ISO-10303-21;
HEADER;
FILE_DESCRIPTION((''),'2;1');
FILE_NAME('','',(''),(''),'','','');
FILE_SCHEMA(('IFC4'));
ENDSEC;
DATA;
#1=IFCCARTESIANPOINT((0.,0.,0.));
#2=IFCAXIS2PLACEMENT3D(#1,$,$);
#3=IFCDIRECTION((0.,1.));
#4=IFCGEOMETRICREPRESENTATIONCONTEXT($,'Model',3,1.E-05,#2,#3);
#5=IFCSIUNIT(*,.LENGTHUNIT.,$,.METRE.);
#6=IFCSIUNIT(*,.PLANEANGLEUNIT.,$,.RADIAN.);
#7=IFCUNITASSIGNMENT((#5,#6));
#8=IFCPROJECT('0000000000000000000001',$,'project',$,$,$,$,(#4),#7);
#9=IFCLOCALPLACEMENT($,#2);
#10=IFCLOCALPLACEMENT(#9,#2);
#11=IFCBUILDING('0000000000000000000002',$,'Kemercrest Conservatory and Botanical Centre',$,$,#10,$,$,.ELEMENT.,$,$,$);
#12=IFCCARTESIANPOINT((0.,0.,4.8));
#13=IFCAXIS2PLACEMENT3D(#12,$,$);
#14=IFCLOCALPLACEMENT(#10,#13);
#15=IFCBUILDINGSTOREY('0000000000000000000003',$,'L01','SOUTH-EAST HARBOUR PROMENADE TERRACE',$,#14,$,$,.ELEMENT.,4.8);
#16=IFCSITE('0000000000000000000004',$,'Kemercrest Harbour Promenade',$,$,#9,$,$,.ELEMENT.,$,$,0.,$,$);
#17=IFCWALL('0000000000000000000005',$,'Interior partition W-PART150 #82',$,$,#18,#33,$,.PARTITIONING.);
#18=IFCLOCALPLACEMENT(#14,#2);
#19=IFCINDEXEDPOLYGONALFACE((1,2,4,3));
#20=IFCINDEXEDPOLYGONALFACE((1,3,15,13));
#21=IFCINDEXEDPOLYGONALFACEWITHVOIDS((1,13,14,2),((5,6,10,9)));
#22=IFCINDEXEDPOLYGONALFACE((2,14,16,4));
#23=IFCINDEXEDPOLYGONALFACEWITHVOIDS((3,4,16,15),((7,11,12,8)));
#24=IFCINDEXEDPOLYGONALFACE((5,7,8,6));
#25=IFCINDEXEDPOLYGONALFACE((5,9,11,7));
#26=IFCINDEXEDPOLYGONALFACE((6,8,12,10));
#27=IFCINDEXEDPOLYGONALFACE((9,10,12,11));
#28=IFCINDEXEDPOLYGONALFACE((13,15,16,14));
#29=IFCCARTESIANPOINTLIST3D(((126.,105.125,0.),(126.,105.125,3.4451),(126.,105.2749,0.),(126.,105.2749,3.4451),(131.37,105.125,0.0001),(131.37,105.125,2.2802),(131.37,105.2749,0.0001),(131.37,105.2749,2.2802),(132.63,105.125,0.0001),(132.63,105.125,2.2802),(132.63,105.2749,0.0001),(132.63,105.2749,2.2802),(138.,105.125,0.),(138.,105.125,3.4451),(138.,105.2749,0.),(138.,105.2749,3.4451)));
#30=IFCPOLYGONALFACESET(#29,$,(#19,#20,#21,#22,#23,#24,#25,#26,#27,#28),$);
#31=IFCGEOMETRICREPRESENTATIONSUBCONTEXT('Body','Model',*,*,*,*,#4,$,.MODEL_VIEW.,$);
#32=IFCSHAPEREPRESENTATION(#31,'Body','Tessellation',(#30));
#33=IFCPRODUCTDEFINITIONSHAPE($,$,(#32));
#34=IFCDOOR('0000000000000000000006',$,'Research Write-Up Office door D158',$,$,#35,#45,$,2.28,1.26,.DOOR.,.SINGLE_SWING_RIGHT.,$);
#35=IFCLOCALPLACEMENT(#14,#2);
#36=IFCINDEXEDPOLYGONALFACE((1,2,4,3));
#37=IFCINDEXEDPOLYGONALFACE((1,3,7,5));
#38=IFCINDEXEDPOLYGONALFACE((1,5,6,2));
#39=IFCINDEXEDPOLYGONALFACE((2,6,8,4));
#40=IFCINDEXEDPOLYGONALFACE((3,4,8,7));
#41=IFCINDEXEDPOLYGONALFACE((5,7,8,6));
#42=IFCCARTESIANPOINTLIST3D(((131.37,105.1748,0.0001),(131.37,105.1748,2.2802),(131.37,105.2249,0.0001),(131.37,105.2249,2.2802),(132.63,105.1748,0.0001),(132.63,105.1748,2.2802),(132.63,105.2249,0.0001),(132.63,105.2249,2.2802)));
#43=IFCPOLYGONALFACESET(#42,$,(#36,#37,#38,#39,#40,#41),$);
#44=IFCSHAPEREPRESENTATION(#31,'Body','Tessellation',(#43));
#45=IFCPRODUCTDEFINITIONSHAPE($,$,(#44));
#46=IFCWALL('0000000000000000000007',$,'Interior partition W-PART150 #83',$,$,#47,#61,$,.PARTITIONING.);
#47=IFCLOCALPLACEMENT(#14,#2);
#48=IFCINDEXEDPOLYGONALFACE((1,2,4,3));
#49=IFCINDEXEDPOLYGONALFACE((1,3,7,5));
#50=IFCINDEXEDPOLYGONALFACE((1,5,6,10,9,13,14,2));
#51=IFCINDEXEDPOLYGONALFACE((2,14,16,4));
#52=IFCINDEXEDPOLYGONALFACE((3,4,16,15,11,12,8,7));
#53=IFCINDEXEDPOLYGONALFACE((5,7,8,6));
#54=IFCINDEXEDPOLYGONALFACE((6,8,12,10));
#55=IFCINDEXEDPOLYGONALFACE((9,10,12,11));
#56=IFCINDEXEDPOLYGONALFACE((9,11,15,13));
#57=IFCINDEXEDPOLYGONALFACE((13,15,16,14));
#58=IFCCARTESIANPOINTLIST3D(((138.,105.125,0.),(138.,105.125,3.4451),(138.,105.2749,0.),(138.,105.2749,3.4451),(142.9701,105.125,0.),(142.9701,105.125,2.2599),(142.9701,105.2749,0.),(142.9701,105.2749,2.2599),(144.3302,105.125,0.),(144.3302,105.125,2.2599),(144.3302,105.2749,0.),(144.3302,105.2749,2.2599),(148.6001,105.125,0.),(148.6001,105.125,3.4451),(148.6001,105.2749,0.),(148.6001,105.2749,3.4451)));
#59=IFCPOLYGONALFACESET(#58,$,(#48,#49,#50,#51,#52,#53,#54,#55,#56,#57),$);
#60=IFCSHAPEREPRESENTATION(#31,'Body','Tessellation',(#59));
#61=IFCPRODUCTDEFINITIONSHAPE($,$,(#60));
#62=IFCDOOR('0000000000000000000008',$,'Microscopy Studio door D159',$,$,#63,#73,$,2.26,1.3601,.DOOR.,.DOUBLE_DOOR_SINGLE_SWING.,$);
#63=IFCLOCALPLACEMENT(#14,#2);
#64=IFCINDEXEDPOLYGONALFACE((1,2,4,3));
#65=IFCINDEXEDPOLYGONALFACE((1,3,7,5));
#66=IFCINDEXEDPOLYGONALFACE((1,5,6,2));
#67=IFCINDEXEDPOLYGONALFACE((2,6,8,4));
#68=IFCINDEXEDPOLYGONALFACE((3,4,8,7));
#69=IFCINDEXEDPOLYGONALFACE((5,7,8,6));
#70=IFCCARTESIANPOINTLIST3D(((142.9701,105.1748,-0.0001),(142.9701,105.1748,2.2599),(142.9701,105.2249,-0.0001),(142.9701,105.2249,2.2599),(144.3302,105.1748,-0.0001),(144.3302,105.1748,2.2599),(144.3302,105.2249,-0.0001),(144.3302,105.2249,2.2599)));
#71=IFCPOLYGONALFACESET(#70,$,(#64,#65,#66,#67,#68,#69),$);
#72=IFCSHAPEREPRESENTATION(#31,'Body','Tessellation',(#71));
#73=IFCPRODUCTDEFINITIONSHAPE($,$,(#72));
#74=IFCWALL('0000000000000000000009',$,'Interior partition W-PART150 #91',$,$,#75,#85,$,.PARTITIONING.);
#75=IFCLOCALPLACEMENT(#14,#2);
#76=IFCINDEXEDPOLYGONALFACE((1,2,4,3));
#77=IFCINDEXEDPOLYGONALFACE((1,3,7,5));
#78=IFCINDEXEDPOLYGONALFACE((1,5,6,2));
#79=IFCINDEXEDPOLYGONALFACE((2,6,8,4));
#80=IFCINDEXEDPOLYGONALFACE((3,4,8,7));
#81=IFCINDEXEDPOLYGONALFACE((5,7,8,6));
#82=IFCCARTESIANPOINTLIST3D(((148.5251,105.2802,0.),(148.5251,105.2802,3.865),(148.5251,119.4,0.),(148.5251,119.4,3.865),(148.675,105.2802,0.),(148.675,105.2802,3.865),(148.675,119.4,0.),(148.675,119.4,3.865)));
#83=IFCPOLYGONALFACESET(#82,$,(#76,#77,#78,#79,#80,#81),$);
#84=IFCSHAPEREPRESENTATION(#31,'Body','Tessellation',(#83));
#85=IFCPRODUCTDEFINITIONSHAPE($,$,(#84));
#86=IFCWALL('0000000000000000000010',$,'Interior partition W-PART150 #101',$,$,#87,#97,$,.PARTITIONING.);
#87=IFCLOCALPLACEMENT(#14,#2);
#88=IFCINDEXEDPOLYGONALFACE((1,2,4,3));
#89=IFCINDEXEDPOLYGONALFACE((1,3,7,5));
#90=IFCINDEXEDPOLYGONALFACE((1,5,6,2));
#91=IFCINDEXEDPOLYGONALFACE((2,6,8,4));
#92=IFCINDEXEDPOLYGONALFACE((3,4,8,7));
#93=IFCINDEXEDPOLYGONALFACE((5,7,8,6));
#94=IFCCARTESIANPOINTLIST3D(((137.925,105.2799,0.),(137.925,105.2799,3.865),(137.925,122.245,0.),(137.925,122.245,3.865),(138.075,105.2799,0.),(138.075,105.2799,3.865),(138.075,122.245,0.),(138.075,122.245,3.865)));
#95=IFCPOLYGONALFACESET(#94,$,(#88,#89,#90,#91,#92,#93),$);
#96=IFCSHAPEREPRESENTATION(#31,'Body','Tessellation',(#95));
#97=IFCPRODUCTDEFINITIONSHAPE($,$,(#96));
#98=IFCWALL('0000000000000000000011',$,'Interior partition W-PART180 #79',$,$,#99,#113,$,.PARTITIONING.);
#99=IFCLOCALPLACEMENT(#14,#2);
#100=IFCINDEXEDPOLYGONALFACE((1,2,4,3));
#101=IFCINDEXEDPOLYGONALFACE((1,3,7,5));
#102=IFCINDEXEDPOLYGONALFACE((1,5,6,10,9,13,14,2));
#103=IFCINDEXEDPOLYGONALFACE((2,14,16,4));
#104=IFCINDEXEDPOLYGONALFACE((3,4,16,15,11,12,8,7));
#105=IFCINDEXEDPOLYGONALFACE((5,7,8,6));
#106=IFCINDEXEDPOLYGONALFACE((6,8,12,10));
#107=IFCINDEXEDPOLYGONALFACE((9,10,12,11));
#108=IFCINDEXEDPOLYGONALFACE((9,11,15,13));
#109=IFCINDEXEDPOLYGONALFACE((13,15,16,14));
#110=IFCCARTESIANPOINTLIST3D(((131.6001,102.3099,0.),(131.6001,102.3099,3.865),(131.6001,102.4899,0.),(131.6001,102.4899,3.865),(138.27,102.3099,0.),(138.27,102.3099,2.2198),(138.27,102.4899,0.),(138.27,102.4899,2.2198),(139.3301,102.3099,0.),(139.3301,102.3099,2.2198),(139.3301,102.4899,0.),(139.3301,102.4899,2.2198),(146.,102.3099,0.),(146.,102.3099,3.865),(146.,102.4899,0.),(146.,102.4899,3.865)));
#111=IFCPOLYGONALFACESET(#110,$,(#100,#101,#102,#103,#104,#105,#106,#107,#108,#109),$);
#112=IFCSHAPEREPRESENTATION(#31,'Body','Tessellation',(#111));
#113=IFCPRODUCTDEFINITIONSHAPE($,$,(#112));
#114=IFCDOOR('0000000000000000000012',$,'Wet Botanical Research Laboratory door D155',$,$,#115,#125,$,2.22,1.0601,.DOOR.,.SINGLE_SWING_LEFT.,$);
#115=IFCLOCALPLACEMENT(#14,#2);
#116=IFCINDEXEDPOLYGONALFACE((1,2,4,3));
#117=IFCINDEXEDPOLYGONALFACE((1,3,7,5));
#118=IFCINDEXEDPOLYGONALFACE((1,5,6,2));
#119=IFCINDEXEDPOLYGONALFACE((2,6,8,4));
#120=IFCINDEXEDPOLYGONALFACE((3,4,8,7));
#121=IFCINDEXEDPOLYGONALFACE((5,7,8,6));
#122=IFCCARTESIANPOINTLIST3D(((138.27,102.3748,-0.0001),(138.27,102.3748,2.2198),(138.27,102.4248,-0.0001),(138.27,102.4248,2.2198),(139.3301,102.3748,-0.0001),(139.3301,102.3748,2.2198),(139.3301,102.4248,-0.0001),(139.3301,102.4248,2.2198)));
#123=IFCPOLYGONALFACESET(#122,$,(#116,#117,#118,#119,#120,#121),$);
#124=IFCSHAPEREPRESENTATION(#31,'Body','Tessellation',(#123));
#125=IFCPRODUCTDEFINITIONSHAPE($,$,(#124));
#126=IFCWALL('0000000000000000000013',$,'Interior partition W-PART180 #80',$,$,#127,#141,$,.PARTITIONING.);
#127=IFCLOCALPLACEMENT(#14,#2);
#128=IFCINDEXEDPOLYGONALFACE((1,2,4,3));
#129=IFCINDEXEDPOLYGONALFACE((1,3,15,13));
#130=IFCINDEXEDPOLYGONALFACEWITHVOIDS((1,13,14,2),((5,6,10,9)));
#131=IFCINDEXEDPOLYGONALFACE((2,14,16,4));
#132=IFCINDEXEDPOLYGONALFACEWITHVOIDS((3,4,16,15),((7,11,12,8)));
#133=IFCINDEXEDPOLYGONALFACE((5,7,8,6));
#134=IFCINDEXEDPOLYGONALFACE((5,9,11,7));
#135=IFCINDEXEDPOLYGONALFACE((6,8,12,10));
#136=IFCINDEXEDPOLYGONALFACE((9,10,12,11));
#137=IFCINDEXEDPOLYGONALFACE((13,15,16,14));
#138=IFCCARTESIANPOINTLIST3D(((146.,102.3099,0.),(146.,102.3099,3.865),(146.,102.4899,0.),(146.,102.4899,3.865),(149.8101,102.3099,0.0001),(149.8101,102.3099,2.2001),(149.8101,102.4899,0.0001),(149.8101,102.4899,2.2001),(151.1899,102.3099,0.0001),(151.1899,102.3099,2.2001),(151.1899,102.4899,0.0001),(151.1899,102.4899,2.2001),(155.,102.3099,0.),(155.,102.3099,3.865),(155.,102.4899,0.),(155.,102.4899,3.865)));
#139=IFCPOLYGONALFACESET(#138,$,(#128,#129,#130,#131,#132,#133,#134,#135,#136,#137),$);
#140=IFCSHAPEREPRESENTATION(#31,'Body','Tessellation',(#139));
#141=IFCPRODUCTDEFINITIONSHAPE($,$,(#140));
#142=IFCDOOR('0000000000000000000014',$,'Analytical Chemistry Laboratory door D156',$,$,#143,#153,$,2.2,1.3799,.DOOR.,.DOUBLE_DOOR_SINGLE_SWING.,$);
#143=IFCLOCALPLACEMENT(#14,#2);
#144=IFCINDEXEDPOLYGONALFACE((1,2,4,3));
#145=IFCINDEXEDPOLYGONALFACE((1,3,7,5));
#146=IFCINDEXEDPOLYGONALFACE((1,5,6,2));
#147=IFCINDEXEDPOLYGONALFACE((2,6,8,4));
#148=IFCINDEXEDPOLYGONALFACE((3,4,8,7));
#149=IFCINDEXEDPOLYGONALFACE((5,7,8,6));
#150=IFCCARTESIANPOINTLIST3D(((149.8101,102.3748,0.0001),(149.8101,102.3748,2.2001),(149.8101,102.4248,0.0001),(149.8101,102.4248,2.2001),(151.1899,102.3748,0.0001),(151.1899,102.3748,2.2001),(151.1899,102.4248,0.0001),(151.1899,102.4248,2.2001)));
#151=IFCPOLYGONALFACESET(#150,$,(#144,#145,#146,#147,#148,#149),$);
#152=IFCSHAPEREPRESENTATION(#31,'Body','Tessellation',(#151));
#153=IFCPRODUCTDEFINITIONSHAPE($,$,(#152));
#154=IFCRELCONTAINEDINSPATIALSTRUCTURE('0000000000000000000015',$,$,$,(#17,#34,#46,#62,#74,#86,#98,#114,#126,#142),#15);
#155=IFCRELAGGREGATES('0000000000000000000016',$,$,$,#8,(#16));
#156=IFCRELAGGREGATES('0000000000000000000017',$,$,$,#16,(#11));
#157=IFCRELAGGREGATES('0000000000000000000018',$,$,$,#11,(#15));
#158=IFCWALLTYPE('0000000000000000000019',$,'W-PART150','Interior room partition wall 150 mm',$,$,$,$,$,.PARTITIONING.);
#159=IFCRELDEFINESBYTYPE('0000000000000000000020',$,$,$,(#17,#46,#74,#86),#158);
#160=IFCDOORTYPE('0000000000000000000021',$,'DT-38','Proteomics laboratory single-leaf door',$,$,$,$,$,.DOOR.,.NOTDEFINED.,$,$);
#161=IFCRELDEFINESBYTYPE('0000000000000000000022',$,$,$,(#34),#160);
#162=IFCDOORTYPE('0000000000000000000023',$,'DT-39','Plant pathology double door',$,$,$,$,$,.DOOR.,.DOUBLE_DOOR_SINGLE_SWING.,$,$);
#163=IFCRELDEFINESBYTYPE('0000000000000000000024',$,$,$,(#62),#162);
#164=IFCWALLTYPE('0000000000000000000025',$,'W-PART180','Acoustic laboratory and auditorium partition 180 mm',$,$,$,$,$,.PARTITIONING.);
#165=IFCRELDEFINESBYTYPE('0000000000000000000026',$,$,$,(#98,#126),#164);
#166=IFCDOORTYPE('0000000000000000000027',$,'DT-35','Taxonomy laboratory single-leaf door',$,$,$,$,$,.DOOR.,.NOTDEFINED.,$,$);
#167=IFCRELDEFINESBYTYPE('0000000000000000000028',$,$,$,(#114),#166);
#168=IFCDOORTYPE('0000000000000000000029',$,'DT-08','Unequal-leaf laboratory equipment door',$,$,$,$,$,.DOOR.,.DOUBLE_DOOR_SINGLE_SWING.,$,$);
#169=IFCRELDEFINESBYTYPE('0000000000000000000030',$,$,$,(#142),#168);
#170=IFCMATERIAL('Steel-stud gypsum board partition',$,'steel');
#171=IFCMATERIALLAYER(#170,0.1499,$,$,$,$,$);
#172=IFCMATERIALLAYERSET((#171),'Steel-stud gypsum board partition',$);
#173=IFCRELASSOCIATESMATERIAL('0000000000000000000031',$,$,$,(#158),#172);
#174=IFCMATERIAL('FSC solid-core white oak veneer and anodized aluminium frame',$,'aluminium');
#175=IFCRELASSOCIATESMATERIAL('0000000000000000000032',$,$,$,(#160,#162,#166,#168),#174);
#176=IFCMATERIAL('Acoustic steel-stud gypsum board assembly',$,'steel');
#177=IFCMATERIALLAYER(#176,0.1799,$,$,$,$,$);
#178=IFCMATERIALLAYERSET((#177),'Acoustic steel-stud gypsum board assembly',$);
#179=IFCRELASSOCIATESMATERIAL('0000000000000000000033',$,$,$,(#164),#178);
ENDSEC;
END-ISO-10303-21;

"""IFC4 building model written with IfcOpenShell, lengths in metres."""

from ifc_helpers import new_model, si_unit, direction, frame, frame_2d, origin, place, context, subcontext, project, spatial, rectangle, extrude, material, layer, layer_set, type_object, element, fill, save


model = new_model("IFC4")

# Units and contexts
model_context = context("Model", 3, precision=1e-05, world=origin(), true_north=direction((0.0, 1.0)))
body_context = subcontext(model_context, "Body", "Model", "MODEL_VIEW")
ifc_project = project(units=[si_unit("LENGTHUNIT", "METRE"), si_unit("PLANEANGLEUNIT", "RADIAN")], contexts=[model_context])

# Site, building, storey
site_placement = place(None, origin())
site = spatial("IfcSite", under=ifc_project, at=site_placement, Name="Kemercrest Harbour Promenade", CompositionType="ELEMENT", RefElevation=0.0)
building_placement = place(site_placement, origin())
building = spatial("IfcBuilding", under=site, at=building_placement, Name="Kemercrest Conservatory and Botanical Centre", CompositionType="ELEMENT")
storey_placement = place(building_placement, frame((0.0, 0.0, 4.8)))
storey = spatial("IfcBuildingStorey", under=building, at=storey_placement, Name="L01", Description="SOUTH-EAST HARBOUR PROMENADE TERRACE", CompositionType="ELEMENT", Elevation=4.8)

# Walls, openings, doors
ifc_material_1 = material(Name="Steel-stud gypsum board partition", Category="steel")
ifc_layer_1 = layer(ifc_material_1, 0.1499)
ifc_layer_set_1 = layer_set([ifc_layer_1], Name="Steel-stud gypsum board partition")
wall_type_1 = type_object("IfcWallType", Name="W-PART150", Description="Interior room partition wall 150 mm", PredefinedType="PARTITIONING", material=ifc_layer_set_1)
wall_1_placement = place(storey_placement, frame((126.0, 105.2, 0.0), z_axis=(0.0, 0.0, 1.0), x_axis=(1.0, 0.0, 0.0)))
wall_1 = element("IfcWall", 1, at=wall_1_placement, inside=storey, type_object=wall_type_1, Name="Interior partition W-PART150 #82", PredefinedType="PARTITIONING", context=body_context, shape_type="SweptSolid", body=[
    extrude(rectangle(XDim=12.0, YDim=0.1499, at=frame_2d((6.0, 0.0))), origin(), (0.0, 0.0, 1.0), 3.4451),
])
opening_1_placement = place(wall_1_placement, frame((5.3701, 0.0, 0.0)))
opening_1 = element("IfcOpeningElement", 2, at=opening_1_placement, cuts=wall_1, PredefinedType="OPENING", context=body_context, shape_type="SweptSolid", body=[
    extrude(rectangle(XDim=1.26, YDim=2.28, at=frame_2d((0.6299, 1.1401))), frame((0.0, 0.085, 0.0), z_axis=(0.0, -1.0, 0.0), x_axis=(1.0, 0.0, 0.0)), (0.0, 0.0, 1.0), 0.1699),
])
ifc_material_2 = material(Name="FSC solid-core white oak veneer and anodized aluminium frame", Category="aluminium")
door_type_1 = type_object("IfcDoorType", Name="DT-38", Description="Proteomics laboratory single-leaf door", OperationType="NOTDEFINED", PredefinedType="DOOR", material=ifc_material_2)
door_1_placement = place(opening_1_placement, origin())
door_1 = element("IfcDoor", 3, at=door_1_placement, inside=storey, type_object=door_type_1, Name="Research Write-Up Office door D158", OperationType="SINGLE_SWING_RIGHT", OverallHeight=2.28, OverallWidth=1.26, PredefinedType="DOOR", context=body_context, shape_type="SweptSolid", body=[
    extrude(rectangle(XDim=1.26, YDim=2.28, at=frame_2d((0.6299, 1.1401))), frame((0.0, 0.0249, 0.0), z_axis=(0.0, -1.0, 0.0), x_axis=(1.0, 0.0, 0.0)), (0.0, 0.0, 1.0), 0.05),
])
fill(opening_1, door_1)
wall_2_placement = place(storey_placement, frame((138.0, 105.2, 0.0), z_axis=(0.0, 0.0, 1.0), x_axis=(1.0, 0.0, 0.0)))
wall_2 = element("IfcWall", 4, at=wall_2_placement, inside=storey, type_object=wall_type_1, Name="Interior partition W-PART150 #83", PredefinedType="PARTITIONING", context=body_context, shape_type="SweptSolid", body=[
    extrude(rectangle(XDim=10.6001, YDim=0.1499, at=frame_2d((5.3, 0.0))), origin(), (0.0, 0.0, 1.0), 3.4451),
])
opening_2_placement = place(wall_2_placement, frame((4.97, 0.0, 0.0)))
opening_2 = element("IfcOpeningElement", 5, at=opening_2_placement, cuts=wall_2, PredefinedType="OPENING", context=body_context, shape_type="SweptSolid", body=[
    extrude(rectangle(XDim=1.3601, YDim=2.26, at=frame_2d((0.6802, 1.1299))), frame((0.0, 0.085, 0.0), z_axis=(0.0, -1.0, 0.0), x_axis=(1.0, 0.0, 0.0)), (0.0, 0.0, 1.0), 0.1699),
])
door_type_2 = type_object("IfcDoorType", Name="DT-39", Description="Plant pathology double door", OperationType="DOUBLE_DOOR_SINGLE_SWING", PredefinedType="DOOR", material=ifc_material_2)
door_2_placement = place(opening_2_placement, origin())
door_2 = element("IfcDoor", 6, at=door_2_placement, inside=storey, type_object=door_type_2, Name="Microscopy Studio door D159", OperationType="DOUBLE_DOOR_SINGLE_SWING", OverallHeight=2.26, OverallWidth=1.3601, PredefinedType="DOOR", context=body_context, shape_type="SweptSolid", body=[
    extrude(rectangle(XDim=1.3601, YDim=2.26, at=frame_2d((0.6802, 1.1299))), frame((0.0, 0.0249, 0.0), z_axis=(0.0, -1.0, 0.0), x_axis=(1.0, 0.0, 0.0)), (0.0, 0.0, 1.0), 0.05),
])
fill(opening_2, door_2)

# Walls
wall_3_placement = place(storey_placement, frame((148.6001, 105.28, 0.0), z_axis=(0.0, 0.0, 1.0), x_axis=(0.0, 1.0, 0.0)))
element("IfcWall", 7, at=wall_3_placement, inside=storey, type_object=wall_type_1, Name="Interior partition W-PART150 #91", PredefinedType="PARTITIONING", context=body_context, shape_type="SweptSolid", body=[
    extrude(rectangle(XDim=14.1199, YDim=0.1499, at=frame_2d((7.0601, 0.0))), origin(), (0.0, 0.0, 1.0), 3.865),
])
wall_4_placement = place(storey_placement, frame((138.0, 105.28, 0.0), z_axis=(0.0, 0.0, 1.0), x_axis=(0.0, 1.0, 0.0)))
element("IfcWall", 8, at=wall_4_placement, inside=storey, type_object=wall_type_1, Name="Interior partition W-PART150 #101", PredefinedType="PARTITIONING", context=body_context, shape_type="SweptSolid", body=[
    extrude(rectangle(XDim=16.9651, YDim=0.1499, at=frame_2d((8.4824, 0.0))), origin(), (0.0, 0.0, 1.0), 3.865),
])

# Walls, openings, doors
ifc_material_3 = material(Name="Acoustic steel-stud gypsum board assembly", Category="steel")
ifc_layer_2 = layer(ifc_material_3, 0.1799)
ifc_layer_set_2 = layer_set([ifc_layer_2], Name="Acoustic steel-stud gypsum board assembly")
wall_type_2 = type_object("IfcWallType", Name="W-PART180", Description="Acoustic laboratory and auditorium partition 180 mm", PredefinedType="PARTITIONING", material=ifc_layer_set_2)
wall_5_placement = place(storey_placement, frame((131.6001, 102.3999, 0.0), z_axis=(0.0, 0.0, 1.0), x_axis=(1.0, 0.0, 0.0)))
wall_5 = element("IfcWall", 9, at=wall_5_placement, inside=storey, type_object=wall_type_2, Name="Interior partition W-PART180 #79", PredefinedType="PARTITIONING", context=body_context, shape_type="SweptSolid", body=[
    extrude(rectangle(XDim=14.3999, YDim=0.1799, at=frame_2d((7.2, 0.0))), origin(), (0.0, 0.0, 1.0), 3.865),
])
opening_3_placement = place(wall_5_placement, frame((6.6699, 0.0, 0.0)))
opening_3 = element("IfcOpeningElement", 10, at=opening_3_placement, cuts=wall_5, PredefinedType="OPENING", context=body_context, shape_type="SweptSolid", body=[
    extrude(rectangle(XDim=1.0601, YDim=2.22, at=frame_2d((0.53, 1.1099))), frame((0.0, 0.1001, 0.0), z_axis=(0.0, -1.0, 0.0), x_axis=(1.0, 0.0, 0.0)), (0.0, 0.0, 1.0), 0.2),
])
door_type_3 = type_object("IfcDoorType", Name="DT-35", Description="Taxonomy laboratory single-leaf door", OperationType="NOTDEFINED", PredefinedType="DOOR", material=ifc_material_2)
door_3_placement = place(opening_3_placement, origin())
door_3 = element("IfcDoor", 11, at=door_3_placement, inside=storey, type_object=door_type_3, Name="Wet Botanical Research Laboratory door D155", OperationType="SINGLE_SWING_LEFT", OverallHeight=2.22, OverallWidth=1.0601, PredefinedType="DOOR", context=body_context, shape_type="SweptSolid", body=[
    extrude(rectangle(XDim=1.0601, YDim=2.22, at=frame_2d((0.53, 1.1099))), frame((0.0, 0.0249, 0.0), z_axis=(0.0, -1.0, 0.0), x_axis=(1.0, 0.0, 0.0)), (0.0, 0.0, 1.0), 0.05),
])
fill(opening_3, door_3)
wall_6_placement = place(storey_placement, frame((146.0, 102.3999, 0.0), z_axis=(0.0, 0.0, 1.0), x_axis=(1.0, 0.0, 0.0)))
wall_6 = element("IfcWall", 12, at=wall_6_placement, inside=storey, type_object=wall_type_2, Name="Interior partition W-PART180 #80", PredefinedType="PARTITIONING", context=body_context, shape_type="SweptSolid", body=[
    extrude(rectangle(XDim=9.0, YDim=0.1799, at=frame_2d((4.5, 0.0))), origin(), (0.0, 0.0, 1.0), 3.865),
])
opening_4_placement = place(wall_6_placement, frame((3.8101, 0.0, 0.0)))
opening_4 = element("IfcOpeningElement", 13, at=opening_4_placement, cuts=wall_6, PredefinedType="OPENING", context=body_context, shape_type="SweptSolid", body=[
    extrude(rectangle(XDim=1.3799, YDim=2.2, at=frame_2d((0.6899, 1.1001))), frame((0.0, 0.1001, 0.0), z_axis=(0.0, -1.0, 0.0), x_axis=(1.0, 0.0, 0.0)), (0.0, 0.0, 1.0), 0.2),
])
door_type_4 = type_object("IfcDoorType", Name="DT-08", Description="Unequal-leaf laboratory equipment door", OperationType="DOUBLE_DOOR_SINGLE_SWING", PredefinedType="DOOR", material=ifc_material_2)
door_4_placement = place(opening_4_placement, origin())
door_4 = element("IfcDoor", 14, at=door_4_placement, inside=storey, type_object=door_type_4, Name="Analytical Chemistry Laboratory door D156", OperationType="DOUBLE_DOOR_SINGLE_SWING", OverallHeight=2.2, OverallWidth=1.3799, PredefinedType="DOOR", context=body_context, shape_type="SweptSolid", body=[
    extrude(rectangle(XDim=1.3799, YDim=2.2, at=frame_2d((0.6899, 1.1001))), frame((0.0, 0.0249, 0.0), z_axis=(0.0, -1.0, 0.0), x_axis=(1.0, 0.0, 0.0)), (0.0, 0.0, 1.0), 0.05),
])
fill(opening_4, door_4)

save(model, "model.ifc")
